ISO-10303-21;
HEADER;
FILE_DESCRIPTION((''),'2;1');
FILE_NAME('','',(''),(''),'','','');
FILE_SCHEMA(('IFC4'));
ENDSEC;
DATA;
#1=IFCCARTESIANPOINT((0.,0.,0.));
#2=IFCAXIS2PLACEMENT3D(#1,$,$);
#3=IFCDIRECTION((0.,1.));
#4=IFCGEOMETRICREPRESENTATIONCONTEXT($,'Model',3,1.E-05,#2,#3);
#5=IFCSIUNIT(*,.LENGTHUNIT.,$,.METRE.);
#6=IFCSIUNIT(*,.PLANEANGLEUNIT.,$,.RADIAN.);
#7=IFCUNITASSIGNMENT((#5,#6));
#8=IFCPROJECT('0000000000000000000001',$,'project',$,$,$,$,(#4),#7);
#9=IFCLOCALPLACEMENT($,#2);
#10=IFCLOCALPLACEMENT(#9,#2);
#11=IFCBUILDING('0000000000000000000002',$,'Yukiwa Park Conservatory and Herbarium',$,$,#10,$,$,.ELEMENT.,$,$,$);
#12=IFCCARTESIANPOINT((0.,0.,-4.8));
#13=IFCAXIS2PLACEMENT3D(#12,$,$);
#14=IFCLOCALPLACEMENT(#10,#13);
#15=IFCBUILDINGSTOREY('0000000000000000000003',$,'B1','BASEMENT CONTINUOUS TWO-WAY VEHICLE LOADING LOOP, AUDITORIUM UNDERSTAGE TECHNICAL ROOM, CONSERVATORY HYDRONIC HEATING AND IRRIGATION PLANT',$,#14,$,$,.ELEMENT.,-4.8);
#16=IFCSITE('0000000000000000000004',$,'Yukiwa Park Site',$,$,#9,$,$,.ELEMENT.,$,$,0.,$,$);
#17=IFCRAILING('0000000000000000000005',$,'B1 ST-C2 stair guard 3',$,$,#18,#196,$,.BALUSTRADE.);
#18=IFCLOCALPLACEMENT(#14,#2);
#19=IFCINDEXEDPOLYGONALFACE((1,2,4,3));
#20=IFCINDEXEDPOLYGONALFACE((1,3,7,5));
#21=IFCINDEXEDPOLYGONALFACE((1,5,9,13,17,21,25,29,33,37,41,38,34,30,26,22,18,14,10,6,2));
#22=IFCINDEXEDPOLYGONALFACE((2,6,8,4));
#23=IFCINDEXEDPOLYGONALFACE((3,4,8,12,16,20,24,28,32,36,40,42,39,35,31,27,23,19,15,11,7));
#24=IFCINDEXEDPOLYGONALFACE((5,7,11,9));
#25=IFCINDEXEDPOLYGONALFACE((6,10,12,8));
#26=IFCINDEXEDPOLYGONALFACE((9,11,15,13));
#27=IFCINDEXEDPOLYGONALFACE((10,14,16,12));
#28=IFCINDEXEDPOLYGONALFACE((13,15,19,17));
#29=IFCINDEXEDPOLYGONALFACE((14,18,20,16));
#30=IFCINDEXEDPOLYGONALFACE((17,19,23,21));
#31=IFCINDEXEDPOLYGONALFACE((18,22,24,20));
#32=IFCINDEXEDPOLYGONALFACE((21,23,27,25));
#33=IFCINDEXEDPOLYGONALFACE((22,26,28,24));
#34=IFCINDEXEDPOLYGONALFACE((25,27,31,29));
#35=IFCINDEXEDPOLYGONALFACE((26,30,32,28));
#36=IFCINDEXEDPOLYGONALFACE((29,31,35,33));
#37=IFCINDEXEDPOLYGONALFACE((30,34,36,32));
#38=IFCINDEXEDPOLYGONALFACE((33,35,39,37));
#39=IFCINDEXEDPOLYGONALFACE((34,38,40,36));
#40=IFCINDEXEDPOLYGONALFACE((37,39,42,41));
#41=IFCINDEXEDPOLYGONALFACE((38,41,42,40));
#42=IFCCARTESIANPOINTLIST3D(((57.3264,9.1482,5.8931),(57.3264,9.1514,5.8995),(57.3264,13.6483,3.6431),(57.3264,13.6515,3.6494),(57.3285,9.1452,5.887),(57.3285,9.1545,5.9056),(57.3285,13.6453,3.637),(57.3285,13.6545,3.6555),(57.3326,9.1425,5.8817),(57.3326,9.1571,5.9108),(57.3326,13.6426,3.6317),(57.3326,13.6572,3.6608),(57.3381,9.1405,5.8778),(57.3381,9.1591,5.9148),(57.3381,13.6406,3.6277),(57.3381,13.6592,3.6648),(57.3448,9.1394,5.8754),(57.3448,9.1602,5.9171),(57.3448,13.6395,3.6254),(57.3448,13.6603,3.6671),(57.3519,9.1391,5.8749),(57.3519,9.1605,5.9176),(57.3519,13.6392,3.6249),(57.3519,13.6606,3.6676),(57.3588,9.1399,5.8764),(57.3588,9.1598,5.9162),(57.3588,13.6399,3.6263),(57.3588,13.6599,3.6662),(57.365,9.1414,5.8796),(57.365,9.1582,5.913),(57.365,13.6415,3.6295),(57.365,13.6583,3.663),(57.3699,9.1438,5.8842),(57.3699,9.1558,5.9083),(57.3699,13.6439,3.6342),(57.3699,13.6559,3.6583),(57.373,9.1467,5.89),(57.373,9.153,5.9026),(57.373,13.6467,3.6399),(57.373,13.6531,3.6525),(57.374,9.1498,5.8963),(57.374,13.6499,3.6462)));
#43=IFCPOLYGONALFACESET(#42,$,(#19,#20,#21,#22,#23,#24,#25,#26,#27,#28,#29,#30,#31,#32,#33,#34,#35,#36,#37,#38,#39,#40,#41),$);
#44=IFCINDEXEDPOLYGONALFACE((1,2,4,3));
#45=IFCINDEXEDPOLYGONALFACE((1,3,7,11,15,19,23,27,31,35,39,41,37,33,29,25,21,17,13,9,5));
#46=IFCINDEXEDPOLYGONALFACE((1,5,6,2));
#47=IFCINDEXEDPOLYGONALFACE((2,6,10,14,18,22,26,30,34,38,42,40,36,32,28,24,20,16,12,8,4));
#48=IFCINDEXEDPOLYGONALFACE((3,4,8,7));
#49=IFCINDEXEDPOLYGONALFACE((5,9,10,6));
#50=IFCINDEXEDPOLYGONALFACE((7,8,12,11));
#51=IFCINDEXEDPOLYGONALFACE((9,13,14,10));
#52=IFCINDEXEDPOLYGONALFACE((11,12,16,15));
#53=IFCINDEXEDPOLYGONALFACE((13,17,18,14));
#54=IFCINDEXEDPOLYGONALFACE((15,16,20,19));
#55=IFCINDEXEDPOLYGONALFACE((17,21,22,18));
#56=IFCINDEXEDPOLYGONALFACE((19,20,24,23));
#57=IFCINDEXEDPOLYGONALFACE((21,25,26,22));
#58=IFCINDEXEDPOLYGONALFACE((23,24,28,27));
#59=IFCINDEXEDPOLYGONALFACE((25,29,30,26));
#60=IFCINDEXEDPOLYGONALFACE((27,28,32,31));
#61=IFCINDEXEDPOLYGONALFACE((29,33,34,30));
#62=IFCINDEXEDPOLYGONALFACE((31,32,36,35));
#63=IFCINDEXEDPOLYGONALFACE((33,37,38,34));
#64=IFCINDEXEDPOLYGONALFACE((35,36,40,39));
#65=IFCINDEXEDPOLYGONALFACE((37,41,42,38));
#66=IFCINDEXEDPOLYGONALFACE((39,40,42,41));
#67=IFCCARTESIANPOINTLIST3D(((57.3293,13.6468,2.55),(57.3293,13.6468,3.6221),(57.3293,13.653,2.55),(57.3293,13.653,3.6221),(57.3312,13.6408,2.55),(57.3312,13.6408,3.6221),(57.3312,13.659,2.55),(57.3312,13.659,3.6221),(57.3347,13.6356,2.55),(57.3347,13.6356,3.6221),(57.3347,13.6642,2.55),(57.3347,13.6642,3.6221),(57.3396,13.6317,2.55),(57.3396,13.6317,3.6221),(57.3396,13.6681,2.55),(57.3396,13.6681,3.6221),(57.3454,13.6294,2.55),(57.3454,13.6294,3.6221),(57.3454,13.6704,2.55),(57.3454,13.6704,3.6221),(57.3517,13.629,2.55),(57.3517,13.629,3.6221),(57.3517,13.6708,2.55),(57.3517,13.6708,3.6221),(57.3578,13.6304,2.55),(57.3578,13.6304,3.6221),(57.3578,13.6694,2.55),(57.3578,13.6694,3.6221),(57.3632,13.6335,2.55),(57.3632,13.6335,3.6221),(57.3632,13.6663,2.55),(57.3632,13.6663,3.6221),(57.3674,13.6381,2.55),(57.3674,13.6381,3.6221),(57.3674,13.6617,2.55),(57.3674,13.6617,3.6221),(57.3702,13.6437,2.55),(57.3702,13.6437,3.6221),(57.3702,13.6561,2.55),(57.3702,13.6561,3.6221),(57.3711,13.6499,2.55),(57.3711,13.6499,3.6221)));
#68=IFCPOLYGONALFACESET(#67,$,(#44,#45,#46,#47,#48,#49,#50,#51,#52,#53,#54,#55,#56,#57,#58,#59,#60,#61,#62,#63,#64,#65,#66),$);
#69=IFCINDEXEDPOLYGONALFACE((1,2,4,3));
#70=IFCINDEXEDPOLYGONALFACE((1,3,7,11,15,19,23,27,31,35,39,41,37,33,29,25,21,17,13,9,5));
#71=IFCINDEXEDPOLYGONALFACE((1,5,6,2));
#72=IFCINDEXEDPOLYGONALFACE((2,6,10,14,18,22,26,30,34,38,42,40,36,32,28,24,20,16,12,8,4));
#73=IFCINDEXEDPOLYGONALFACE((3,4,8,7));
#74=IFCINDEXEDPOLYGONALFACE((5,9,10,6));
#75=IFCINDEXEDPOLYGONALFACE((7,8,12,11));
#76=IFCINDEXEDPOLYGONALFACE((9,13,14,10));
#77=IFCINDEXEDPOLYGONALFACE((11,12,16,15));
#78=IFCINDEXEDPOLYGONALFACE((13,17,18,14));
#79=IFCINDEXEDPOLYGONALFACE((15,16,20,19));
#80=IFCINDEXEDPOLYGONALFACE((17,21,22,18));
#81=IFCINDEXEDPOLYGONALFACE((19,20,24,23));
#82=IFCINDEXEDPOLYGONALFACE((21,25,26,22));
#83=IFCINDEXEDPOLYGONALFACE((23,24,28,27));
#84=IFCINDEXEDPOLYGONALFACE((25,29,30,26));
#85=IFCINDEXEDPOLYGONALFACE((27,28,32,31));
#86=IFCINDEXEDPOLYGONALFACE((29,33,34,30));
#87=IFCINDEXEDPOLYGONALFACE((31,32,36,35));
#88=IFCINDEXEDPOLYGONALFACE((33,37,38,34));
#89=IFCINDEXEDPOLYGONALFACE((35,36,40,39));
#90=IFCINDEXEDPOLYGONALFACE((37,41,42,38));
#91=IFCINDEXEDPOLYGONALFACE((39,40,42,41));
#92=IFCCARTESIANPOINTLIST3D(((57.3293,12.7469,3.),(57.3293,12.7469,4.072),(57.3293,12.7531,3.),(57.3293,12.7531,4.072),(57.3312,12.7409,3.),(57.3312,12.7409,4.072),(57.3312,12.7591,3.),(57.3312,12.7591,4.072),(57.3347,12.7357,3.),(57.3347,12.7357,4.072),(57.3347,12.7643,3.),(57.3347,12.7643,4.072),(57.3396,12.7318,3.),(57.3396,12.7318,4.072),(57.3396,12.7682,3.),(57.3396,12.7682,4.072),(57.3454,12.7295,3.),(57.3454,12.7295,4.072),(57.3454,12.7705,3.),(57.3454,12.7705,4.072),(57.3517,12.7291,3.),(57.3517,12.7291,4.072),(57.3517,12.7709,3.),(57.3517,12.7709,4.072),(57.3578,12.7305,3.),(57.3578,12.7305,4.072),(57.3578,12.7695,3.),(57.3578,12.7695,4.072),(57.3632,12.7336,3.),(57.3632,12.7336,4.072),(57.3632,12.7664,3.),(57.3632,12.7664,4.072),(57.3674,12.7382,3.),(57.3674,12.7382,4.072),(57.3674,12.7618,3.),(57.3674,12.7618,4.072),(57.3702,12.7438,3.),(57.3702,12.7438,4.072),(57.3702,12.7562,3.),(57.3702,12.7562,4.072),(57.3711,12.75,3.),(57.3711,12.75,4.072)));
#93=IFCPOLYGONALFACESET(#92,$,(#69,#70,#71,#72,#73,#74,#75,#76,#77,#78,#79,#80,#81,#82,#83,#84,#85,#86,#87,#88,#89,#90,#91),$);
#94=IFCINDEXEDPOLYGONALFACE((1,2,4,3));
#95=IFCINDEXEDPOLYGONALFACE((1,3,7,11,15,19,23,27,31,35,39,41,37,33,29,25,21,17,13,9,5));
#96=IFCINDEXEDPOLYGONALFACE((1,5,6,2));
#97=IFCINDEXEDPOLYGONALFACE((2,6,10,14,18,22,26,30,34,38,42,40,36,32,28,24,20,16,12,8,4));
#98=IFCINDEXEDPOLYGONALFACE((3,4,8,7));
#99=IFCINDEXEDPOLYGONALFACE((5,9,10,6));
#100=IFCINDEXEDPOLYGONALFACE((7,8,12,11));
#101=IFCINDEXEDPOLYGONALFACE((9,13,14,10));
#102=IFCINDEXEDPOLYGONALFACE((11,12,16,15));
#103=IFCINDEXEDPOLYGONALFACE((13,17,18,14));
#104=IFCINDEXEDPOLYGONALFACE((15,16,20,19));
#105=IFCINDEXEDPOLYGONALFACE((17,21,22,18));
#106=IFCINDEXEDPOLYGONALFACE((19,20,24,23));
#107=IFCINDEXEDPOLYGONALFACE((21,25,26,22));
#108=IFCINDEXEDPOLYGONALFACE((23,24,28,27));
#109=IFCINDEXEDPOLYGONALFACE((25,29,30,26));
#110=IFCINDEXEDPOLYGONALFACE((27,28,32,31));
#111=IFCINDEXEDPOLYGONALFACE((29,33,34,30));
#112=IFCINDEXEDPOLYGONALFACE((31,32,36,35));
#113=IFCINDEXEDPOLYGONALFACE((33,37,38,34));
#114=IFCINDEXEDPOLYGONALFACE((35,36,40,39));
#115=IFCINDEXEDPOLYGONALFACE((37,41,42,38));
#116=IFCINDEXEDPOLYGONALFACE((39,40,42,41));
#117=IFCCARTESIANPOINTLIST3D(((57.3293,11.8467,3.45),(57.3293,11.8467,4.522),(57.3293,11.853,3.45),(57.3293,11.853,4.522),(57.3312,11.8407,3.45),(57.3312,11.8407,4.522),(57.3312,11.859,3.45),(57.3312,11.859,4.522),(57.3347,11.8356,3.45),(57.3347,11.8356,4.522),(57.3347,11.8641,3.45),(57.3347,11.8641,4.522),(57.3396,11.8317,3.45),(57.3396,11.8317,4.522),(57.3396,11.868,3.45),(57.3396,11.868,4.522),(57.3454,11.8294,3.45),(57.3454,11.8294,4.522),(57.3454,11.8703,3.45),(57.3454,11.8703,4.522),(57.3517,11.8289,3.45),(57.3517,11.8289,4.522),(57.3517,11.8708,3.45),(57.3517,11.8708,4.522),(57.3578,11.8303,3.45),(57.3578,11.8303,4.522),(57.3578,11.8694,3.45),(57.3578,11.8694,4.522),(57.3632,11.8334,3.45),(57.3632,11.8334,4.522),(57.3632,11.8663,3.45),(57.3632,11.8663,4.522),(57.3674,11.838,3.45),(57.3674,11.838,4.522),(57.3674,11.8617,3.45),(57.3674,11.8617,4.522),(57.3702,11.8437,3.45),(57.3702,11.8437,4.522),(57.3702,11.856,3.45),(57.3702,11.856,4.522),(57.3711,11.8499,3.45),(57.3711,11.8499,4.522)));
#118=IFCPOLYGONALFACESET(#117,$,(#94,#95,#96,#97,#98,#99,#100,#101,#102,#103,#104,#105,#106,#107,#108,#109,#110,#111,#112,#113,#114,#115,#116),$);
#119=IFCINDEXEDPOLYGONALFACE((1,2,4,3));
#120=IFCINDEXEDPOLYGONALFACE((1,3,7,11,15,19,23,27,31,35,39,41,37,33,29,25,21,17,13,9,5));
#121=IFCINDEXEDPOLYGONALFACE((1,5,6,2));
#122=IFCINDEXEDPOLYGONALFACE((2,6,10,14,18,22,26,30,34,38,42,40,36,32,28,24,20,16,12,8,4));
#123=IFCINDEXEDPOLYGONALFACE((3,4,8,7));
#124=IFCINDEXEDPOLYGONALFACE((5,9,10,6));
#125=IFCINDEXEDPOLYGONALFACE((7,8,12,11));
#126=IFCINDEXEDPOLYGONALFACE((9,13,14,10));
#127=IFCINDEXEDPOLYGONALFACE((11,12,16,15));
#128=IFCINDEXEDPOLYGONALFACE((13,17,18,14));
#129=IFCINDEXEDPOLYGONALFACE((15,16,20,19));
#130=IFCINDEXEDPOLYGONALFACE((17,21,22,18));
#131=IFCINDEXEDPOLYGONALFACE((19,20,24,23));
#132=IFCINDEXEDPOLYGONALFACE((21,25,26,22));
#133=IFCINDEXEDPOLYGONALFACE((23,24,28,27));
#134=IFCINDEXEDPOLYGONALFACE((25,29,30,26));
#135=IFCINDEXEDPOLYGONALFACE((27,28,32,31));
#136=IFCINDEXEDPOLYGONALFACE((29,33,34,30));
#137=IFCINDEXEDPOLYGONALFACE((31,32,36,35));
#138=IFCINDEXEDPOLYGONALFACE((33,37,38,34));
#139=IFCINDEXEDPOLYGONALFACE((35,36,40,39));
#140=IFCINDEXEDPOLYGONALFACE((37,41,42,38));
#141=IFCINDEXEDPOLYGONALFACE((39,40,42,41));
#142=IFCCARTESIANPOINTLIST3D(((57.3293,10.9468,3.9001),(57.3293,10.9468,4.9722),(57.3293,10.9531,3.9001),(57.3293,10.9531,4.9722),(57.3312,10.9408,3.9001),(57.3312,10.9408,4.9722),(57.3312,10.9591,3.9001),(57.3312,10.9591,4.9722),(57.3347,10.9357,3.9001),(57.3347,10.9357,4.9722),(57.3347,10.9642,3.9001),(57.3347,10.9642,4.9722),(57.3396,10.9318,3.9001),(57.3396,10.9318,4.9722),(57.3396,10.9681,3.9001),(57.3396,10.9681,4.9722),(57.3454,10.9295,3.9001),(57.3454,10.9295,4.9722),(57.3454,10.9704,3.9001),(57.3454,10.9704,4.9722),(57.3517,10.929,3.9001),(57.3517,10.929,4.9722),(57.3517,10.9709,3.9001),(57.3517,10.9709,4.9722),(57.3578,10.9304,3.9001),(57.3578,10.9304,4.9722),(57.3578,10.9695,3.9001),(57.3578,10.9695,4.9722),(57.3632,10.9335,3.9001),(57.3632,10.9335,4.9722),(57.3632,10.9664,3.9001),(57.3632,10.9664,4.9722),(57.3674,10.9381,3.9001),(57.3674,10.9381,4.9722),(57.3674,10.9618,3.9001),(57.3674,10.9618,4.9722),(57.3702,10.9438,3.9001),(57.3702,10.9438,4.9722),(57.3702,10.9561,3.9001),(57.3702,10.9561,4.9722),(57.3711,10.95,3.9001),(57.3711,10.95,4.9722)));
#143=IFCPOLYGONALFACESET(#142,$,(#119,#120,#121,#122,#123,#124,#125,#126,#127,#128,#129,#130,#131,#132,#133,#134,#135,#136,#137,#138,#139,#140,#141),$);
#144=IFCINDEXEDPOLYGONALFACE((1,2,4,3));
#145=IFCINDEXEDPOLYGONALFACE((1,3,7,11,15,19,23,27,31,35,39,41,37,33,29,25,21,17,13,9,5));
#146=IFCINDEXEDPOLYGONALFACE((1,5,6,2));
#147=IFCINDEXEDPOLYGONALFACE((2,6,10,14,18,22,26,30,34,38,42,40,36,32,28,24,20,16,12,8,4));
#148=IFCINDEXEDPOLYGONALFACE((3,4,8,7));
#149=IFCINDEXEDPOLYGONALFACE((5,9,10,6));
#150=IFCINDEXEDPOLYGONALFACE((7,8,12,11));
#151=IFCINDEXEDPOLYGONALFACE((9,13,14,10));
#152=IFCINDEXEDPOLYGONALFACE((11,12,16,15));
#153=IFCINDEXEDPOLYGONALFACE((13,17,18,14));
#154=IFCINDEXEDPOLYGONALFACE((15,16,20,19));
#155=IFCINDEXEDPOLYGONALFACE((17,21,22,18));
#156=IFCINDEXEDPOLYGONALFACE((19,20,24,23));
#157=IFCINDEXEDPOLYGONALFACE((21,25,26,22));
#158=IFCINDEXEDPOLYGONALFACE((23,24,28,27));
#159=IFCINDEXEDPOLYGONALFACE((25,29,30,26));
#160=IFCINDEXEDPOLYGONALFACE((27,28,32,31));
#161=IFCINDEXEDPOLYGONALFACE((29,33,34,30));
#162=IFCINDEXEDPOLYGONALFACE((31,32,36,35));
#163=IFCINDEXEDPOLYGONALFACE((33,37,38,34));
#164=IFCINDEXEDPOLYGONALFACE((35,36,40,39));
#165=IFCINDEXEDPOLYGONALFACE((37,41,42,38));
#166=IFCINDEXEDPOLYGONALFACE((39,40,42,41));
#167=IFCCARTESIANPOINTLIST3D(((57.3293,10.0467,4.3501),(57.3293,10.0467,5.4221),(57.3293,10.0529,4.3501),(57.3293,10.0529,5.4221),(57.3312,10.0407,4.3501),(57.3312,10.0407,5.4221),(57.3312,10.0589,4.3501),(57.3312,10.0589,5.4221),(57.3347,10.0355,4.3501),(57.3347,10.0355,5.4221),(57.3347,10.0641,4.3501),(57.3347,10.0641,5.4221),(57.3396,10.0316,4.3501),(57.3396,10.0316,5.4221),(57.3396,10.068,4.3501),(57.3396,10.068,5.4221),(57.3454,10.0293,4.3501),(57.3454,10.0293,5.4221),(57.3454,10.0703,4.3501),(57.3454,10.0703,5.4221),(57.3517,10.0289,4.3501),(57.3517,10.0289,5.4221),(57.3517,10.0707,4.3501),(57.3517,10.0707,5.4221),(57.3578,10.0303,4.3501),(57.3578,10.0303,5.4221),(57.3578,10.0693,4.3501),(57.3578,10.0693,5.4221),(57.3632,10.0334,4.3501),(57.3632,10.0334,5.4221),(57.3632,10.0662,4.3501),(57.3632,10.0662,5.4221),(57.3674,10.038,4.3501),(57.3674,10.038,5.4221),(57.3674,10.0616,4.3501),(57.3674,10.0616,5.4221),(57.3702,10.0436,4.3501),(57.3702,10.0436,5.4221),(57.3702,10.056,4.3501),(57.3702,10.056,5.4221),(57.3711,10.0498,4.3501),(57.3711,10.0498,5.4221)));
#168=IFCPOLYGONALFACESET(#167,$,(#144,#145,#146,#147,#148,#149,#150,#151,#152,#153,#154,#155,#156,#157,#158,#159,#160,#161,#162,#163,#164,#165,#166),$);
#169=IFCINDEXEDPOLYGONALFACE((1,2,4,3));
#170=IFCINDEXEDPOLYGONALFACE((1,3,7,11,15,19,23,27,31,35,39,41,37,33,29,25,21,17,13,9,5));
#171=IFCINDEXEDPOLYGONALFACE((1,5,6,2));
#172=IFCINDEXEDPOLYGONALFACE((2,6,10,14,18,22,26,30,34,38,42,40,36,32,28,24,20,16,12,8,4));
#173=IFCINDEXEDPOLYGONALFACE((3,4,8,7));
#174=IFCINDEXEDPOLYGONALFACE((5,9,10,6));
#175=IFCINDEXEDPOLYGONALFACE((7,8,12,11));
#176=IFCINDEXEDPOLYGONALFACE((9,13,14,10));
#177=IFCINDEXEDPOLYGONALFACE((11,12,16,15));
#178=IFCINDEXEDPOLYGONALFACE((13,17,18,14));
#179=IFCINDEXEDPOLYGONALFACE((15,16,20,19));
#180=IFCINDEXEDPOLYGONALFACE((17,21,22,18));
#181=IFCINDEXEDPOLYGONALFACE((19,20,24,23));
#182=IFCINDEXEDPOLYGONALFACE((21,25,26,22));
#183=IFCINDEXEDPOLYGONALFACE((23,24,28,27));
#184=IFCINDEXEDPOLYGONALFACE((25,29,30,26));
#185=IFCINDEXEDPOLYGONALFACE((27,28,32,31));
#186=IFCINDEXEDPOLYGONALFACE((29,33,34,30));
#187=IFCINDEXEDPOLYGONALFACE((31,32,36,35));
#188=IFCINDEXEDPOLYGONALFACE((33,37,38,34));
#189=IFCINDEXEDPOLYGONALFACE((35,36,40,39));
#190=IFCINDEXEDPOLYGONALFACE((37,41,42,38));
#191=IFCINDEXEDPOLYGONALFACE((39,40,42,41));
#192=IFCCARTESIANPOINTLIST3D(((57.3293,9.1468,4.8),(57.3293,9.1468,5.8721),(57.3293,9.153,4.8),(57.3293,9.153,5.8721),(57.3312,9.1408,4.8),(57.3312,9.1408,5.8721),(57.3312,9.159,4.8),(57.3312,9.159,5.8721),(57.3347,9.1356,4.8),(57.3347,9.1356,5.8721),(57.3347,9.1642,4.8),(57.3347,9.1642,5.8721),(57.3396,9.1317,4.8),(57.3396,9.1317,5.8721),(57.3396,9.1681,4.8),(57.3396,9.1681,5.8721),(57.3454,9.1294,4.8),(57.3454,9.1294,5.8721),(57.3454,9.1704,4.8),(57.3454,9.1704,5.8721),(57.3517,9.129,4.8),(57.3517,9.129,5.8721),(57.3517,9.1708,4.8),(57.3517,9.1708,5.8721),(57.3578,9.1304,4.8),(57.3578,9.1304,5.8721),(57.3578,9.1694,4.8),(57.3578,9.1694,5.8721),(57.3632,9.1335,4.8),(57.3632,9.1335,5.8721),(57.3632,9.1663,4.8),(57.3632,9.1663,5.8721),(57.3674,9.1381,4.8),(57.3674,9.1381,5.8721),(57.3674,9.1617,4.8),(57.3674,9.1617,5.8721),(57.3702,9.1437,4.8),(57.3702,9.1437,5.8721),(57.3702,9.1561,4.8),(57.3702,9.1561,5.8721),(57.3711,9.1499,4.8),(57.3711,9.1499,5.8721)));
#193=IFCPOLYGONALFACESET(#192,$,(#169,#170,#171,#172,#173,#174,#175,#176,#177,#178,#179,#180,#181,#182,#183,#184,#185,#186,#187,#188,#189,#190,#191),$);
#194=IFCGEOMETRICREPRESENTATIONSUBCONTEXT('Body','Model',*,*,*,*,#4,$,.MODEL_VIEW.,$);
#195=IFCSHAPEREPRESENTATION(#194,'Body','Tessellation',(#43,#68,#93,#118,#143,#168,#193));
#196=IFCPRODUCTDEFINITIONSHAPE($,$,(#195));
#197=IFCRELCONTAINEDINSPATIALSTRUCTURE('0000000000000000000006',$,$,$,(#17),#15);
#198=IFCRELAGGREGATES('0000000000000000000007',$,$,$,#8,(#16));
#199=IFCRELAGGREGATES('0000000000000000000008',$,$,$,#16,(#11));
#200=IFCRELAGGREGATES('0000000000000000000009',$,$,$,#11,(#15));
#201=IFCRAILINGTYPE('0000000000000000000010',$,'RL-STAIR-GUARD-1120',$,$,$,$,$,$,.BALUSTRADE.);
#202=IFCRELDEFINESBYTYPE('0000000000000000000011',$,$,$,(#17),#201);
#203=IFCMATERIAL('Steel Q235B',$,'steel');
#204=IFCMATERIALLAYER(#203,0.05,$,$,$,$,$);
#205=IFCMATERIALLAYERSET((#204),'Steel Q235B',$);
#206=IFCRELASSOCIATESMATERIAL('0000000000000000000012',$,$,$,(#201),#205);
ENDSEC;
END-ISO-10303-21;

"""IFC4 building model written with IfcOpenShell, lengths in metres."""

from ifc_helpers import new_model, si_unit, direction, frame, origin, origin_2d, place, context, subcontext, project, spatial, circle, extrude, material, layer, layer_set, type_object, element, save


model = new_model("IFC4")

# Units and contexts
model_context = context("Model", 3, precision=1e-05, world=origin(), true_north=direction((0.0, 1.0)))
body_context = subcontext(model_context, "Body", "Model", "MODEL_VIEW")
ifc_project = project(units=[si_unit("LENGTHUNIT", "METRE"), si_unit("PLANEANGLEUNIT", "RADIAN")], contexts=[model_context])

# Site, building, storey
site_placement = place(None, origin())
site = spatial("IfcSite", under=ifc_project, at=site_placement, Name="Yukiwa Park Site", CompositionType="ELEMENT", RefElevation=0.0)
building_placement = place(site_placement, origin())
building = spatial("IfcBuilding", under=site, at=building_placement, Name="Yukiwa Park Conservatory and Herbarium", CompositionType="ELEMENT")
storey_placement = place(building_placement, frame((0.0, 0.0, -4.8)))
storey = spatial("IfcBuildingStorey", under=building, at=storey_placement, Name="B1", Description="BASEMENT CONTINUOUS TWO-WAY VEHICLE LOADING LOOP, AUDITORIUM UNDERSTAGE TECHNICAL ROOM, CONSERVATORY HYDRONIC HEATING AND IRRIGATION PLANT", CompositionType="ELEMENT", Elevation=-4.8)

# Railing
ifc_material_1 = material(Name="Steel Q235B", Category="steel")
ifc_layer_1 = layer(ifc_material_1, 0.05)
ifc_layer_set_1 = layer_set([ifc_layer_1], Name="Steel Q235B")
railing_type_1 = type_object("IfcRailingType", Name="RL-STAIR-GUARD-1120", PredefinedType="BALUSTRADE", material=ifc_layer_set_1)
railing_1_placement = place(storey_placement, frame((57.3501, 13.6499, 2.55)))
element("IfcRailing", 1, at=railing_1_placement, inside=storey, type_object=railing_type_1, Name="B1 ST-C2 stair guard 3", PredefinedType="BALUSTRADE", context=body_context, shape_type="SweptSolid", body=[
    extrude(circle(Radius=0.0239, at=origin_2d()), frame((0.0, 0.0, 1.0962), z_axis=(0.0, -0.894427, 0.447214), x_axis=(1.0, 0.0, 0.0)), (0.0, 0.0, 1.0), 5.0312),
    extrude(circle(Radius=0.021, at=origin_2d()), origin(), (0.0, 0.0, 1.0), 1.072),
    extrude(circle(Radius=0.021, at=origin_2d()), frame((0.0, -0.8999, 0.45)), (0.0, 0.0, 1.0), 1.072),
    extrude(circle(Radius=0.021, at=origin_2d()), frame((0.0, -1.8, 0.8999)), (0.0, 0.0, 1.0), 1.072),
    extrude(circle(Radius=0.021, at=origin_2d()), frame((0.0, -2.7, 1.3501)), (0.0, 0.0, 1.0), 1.072),
    extrude(circle(Radius=0.021, at=origin_2d()), frame((0.0, -3.6001, 1.8)), (0.0, 0.0, 1.0), 1.072),
    extrude(circle(Radius=0.021, at=origin_2d()), frame((0.0, -4.5, 2.25)), (0.0, 0.0, 1.0), 1.072),
])

save(model, "model.ifc")
